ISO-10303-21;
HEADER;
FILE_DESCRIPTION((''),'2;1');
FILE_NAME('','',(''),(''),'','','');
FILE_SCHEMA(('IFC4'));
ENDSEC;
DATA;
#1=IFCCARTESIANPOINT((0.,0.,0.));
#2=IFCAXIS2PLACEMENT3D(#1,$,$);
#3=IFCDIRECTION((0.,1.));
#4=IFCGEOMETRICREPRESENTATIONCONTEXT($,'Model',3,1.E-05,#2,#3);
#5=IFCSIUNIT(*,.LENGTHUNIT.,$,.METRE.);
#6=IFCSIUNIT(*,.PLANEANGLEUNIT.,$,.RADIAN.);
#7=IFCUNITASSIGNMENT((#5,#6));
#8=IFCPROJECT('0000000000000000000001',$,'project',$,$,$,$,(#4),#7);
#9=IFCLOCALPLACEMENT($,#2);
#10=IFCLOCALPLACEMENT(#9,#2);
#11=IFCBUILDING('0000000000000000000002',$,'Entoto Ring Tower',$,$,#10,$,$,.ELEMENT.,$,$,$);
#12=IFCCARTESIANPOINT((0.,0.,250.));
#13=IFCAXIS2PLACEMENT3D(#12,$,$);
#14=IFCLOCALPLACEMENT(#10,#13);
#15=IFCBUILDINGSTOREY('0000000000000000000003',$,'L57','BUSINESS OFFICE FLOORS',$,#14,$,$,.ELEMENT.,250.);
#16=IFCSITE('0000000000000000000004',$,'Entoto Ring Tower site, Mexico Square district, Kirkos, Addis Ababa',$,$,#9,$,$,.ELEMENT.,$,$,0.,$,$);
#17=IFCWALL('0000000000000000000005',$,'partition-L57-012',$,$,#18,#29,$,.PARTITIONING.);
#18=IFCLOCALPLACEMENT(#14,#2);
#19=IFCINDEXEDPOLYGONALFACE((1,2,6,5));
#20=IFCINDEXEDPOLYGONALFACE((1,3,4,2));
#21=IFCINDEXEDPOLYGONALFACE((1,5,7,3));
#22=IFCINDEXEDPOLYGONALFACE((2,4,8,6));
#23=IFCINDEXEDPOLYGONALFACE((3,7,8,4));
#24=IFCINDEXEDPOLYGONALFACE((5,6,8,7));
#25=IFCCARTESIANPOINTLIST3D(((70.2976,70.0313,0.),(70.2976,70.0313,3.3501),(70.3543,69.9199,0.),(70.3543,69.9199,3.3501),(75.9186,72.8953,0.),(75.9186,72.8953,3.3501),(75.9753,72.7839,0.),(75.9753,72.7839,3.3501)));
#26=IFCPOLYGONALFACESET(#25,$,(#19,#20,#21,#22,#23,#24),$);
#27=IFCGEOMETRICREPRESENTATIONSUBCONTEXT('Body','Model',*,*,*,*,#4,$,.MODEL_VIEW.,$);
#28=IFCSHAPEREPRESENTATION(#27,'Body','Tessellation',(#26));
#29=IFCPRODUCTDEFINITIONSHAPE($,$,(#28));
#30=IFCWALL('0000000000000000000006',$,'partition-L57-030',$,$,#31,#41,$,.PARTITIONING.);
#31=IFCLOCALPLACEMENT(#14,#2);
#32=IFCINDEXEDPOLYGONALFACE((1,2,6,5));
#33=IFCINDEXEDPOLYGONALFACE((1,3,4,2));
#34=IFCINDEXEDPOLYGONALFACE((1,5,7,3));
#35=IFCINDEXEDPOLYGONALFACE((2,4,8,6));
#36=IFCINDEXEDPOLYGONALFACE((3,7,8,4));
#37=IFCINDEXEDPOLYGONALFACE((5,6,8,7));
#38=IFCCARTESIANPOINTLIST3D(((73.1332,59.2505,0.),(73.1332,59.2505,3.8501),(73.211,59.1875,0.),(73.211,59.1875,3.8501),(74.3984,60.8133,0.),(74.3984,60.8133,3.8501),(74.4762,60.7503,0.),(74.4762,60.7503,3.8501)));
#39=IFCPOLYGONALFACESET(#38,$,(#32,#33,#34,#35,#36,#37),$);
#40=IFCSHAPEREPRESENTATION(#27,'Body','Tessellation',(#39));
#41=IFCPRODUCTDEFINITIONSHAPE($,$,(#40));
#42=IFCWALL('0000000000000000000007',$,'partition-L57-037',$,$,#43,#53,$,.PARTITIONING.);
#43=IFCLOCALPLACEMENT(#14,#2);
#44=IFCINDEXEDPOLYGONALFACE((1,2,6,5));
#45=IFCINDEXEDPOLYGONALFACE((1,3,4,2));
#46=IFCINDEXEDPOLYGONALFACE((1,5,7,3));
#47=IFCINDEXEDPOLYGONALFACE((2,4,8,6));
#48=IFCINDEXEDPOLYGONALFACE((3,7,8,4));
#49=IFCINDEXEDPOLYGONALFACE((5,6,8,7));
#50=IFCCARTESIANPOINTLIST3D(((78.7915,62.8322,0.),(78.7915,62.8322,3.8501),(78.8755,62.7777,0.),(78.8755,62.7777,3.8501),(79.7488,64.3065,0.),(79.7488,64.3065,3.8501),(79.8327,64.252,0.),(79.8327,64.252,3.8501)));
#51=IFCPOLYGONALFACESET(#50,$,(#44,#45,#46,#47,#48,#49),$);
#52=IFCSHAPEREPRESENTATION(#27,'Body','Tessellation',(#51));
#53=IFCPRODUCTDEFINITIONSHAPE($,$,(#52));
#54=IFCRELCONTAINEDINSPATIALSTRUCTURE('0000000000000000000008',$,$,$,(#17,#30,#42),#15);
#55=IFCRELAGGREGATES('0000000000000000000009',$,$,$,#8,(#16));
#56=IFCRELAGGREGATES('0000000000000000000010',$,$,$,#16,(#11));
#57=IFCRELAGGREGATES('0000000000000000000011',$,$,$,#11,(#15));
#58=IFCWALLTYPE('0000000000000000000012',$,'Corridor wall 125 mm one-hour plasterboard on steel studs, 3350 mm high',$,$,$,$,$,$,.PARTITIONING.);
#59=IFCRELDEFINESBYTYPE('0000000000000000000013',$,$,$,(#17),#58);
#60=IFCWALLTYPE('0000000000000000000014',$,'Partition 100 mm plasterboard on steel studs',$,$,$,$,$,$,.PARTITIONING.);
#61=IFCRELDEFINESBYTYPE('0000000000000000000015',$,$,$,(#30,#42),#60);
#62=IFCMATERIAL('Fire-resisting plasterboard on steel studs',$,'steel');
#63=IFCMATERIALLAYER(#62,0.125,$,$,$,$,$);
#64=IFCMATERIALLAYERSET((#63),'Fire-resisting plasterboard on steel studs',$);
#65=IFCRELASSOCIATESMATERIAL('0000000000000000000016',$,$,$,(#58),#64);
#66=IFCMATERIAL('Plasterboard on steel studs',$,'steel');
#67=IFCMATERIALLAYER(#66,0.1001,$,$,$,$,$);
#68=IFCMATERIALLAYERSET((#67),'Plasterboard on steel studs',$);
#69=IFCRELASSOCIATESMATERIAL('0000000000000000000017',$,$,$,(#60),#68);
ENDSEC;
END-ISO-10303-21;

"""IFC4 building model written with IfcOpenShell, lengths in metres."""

from ifc_helpers import new_model, si_unit, direction, frame, frame_2d, origin, place, context, subcontext, project, spatial, rectangle, extrude, material, layer, layer_set, type_object, element, save


model = new_model("IFC4")

# Units and contexts
model_context = context("Model", 3, precision=1e-05, world=origin(), true_north=direction((0.0, 1.0)))
body_context = subcontext(model_context, "Body", "Model", "MODEL_VIEW")
ifc_project = project(units=[si_unit("LENGTHUNIT", "METRE"), si_unit("PLANEANGLEUNIT", "RADIAN")], contexts=[model_context])

# Site, building, storey
site_placement = place(None, origin())
site = spatial("IfcSite", under=ifc_project, at=site_placement, Name="Entoto Ring Tower site, Mexico Square district, Kirkos, Addis Ababa", CompositionType="ELEMENT", RefElevation=0.0)
building_placement = place(site_placement, origin())
building = spatial("IfcBuilding", under=site, at=building_placement, Name="Entoto Ring Tower", CompositionType="ELEMENT")
storey_placement = place(building_placement, frame((0.0, 0.0, 250.0)))
storey = spatial("IfcBuildingStorey", under=building, at=storey_placement, Name="L57", Description="BUSINESS OFFICE FLOORS", CompositionType="ELEMENT", Elevation=250.0)

# Walls
ifc_material_1 = material(Name="Fire-resisting plasterboard on steel studs", Category="steel")
ifc_layer_1 = layer(ifc_material_1, 0.125)
ifc_layer_set_1 = layer_set([ifc_layer_1], Name="Fire-resisting plasterboard on steel studs")
wall_type_1 = type_object("IfcWallType", Name="Corridor wall 125 mm one-hour plasterboard on steel studs, 3350 mm high", PredefinedType="PARTITIONING", material=ifc_layer_set_1)
wall_1_placement = place(storey_placement, frame((70.3259, 69.9756, 0.0), z_axis=(0.0, 0.0, 1.0), x_axis=(0.891011, 0.453981, 0.0)))
element("IfcWall", 1, at=wall_1_placement, inside=storey, type_object=wall_type_1, Name="partition-L57-012", PredefinedType="PARTITIONING", context=body_context, shape_type="SweptSolid", body=[
    extrude(rectangle(XDim=6.3086, YDim=0.125, at=frame_2d((3.1543, 0.0))), origin(), (0.0, 0.0, 1.0), 3.3501),
])
ifc_material_2 = material(Name="Plasterboard on steel studs", Category="steel")
ifc_layer_2 = layer(ifc_material_2, 0.1001)
ifc_layer_set_2 = layer_set([ifc_layer_2], Name="Plasterboard on steel studs")
wall_type_2 = type_object("IfcWallType", Name="Partition 100 mm plasterboard on steel studs", PredefinedType="PARTITIONING", material=ifc_layer_set_2)
wall_2_placement = place(storey_placement, frame((73.1721, 59.219, 0.0), z_axis=(0.0, 0.0, 1.0), x_axis=(0.629216, 0.777231, 0.0)))
element("IfcWall", 2, at=wall_2_placement, inside=storey, type_object=wall_type_2, Name="partition-L57-030", PredefinedType="PARTITIONING", context=body_context, shape_type="SweptSolid", body=[
    extrude(rectangle(XDim=2.0107, YDim=0.1001, at=frame_2d((1.0054, 0.0))), origin(), (0.0, 0.0, 1.0), 3.8501),
])
wall_3_placement = place(storey_placement, frame((78.8335, 62.8049, 0.0), z_axis=(0.0, 0.0, 1.0), x_axis=(0.544564, 0.83872, 0.0)))
element("IfcWall", 3, at=wall_3_placement, inside=storey, type_object=wall_type_2, Name="partition-L57-037", PredefinedType="PARTITIONING", context=body_context, shape_type="SweptSolid", body=[
    extrude(rectangle(XDim=1.7578, YDim=0.1001, at=frame_2d((0.8789, 0.0))), origin(), (0.0, 0.0, 1.0), 3.8501),
])

save(model, "model.ifc")
